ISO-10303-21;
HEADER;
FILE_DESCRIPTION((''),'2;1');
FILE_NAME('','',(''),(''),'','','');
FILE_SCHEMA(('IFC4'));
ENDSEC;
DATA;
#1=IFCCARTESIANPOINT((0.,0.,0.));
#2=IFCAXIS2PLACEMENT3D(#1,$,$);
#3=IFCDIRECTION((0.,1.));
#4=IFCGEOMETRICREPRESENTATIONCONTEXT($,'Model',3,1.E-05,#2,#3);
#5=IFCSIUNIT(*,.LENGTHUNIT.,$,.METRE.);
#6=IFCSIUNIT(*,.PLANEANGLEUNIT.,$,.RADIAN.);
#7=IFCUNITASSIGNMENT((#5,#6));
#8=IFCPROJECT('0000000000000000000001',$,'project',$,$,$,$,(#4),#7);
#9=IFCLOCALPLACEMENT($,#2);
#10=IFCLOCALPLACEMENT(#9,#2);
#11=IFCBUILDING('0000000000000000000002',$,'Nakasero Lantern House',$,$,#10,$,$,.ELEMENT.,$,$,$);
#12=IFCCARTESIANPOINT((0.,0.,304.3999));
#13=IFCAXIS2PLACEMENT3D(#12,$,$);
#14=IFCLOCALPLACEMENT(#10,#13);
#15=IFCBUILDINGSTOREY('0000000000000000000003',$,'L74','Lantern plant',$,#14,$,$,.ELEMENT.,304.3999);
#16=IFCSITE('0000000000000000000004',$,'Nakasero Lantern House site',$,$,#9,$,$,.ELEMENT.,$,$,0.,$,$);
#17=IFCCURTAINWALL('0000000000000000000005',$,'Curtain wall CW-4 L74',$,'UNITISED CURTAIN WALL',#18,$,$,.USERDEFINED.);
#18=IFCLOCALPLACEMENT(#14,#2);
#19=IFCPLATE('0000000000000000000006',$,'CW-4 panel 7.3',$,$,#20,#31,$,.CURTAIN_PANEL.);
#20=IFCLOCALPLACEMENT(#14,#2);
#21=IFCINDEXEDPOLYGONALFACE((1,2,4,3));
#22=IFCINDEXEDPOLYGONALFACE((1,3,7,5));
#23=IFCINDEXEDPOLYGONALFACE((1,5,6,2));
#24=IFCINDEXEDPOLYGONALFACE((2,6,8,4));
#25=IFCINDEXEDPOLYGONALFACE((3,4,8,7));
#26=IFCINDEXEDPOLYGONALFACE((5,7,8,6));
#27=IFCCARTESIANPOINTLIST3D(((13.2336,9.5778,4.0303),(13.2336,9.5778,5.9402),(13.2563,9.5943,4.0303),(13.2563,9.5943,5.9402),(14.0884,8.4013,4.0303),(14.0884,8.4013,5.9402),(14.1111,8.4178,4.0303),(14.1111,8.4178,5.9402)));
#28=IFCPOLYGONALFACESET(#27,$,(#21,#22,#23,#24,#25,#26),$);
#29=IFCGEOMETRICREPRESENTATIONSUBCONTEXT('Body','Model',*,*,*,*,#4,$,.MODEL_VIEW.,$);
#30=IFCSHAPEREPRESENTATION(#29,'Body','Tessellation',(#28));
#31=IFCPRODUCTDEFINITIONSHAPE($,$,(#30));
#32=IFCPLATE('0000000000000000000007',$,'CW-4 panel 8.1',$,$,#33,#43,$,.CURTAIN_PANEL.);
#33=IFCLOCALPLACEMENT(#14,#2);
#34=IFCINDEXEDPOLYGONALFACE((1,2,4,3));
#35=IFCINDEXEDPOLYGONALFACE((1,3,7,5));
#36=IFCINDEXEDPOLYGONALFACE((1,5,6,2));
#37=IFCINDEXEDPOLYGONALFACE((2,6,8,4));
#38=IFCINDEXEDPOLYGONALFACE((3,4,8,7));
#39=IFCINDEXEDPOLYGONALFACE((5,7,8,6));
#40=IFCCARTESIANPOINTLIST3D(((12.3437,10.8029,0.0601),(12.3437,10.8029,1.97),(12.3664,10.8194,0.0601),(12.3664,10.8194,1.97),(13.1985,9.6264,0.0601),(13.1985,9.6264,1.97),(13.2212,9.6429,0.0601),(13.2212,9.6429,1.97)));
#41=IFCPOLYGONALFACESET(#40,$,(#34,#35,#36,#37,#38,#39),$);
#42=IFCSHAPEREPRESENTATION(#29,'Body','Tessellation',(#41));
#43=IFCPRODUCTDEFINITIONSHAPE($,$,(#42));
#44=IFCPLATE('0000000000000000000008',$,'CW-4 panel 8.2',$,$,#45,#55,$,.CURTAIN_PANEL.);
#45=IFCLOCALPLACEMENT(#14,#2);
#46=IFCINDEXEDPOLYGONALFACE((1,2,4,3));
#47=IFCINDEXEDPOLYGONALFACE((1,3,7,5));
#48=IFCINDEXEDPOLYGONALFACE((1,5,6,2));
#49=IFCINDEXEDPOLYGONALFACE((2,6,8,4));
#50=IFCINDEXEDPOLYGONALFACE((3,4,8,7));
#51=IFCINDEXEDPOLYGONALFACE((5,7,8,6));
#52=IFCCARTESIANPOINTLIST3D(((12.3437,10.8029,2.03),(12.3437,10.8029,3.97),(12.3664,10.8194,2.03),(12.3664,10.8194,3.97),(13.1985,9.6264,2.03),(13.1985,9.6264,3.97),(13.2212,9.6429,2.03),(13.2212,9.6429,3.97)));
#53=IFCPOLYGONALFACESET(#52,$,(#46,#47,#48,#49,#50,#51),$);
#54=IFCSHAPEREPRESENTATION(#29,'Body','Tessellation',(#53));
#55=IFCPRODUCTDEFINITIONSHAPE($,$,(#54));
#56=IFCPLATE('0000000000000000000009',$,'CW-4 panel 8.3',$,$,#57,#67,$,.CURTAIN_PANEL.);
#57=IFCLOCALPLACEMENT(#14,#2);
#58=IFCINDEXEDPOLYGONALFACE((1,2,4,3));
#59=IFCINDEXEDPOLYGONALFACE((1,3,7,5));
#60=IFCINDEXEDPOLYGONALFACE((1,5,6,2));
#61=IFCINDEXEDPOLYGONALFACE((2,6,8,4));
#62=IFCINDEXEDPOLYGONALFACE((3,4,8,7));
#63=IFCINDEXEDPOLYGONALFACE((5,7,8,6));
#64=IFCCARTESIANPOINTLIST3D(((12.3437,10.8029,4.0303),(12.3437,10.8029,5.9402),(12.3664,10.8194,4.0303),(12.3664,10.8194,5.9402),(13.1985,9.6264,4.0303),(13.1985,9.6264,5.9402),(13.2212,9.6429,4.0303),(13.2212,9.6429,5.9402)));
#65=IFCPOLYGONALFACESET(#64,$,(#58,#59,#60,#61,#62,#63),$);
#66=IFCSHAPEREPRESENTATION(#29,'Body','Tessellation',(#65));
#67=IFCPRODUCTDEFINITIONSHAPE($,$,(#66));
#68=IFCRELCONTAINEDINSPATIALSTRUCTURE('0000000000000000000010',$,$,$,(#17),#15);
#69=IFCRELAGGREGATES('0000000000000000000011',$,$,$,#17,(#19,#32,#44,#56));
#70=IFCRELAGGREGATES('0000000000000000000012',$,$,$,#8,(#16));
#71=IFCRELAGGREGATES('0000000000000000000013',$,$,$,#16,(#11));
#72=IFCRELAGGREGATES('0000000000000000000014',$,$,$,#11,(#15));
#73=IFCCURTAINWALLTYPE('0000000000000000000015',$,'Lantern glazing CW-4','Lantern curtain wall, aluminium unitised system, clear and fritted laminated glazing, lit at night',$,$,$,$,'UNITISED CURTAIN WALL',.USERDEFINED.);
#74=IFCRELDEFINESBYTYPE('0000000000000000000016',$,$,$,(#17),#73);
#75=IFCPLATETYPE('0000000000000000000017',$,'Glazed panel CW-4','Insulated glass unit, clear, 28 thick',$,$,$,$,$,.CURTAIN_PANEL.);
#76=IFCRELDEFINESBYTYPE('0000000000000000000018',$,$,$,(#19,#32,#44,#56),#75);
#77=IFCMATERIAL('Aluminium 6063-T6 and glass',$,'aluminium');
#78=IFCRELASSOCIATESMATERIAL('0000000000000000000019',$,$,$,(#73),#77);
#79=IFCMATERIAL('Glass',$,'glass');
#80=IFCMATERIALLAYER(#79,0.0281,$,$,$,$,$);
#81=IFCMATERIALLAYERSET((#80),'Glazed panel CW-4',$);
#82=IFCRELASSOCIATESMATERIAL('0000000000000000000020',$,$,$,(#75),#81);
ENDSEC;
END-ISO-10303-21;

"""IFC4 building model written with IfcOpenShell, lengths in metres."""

from ifc_helpers import new_model, si_unit, direction, frame, origin, origin_2d, place, context, subcontext, project, spatial, rectangle, extrude, material, layer, layer_set, type_object, element, aggregate, save


model = new_model("IFC4")

# Units and contexts
model_context = context("Model", 3, precision=1e-05, world=origin(), true_north=direction((0.0, 1.0)))
body_context = subcontext(model_context, "Body", "Model", "MODEL_VIEW")
ifc_project = project(units=[si_unit("LENGTHUNIT", "METRE"), si_unit("PLANEANGLEUNIT", "RADIAN")], contexts=[model_context])

# Site, building, storey
site_placement = place(None, origin())
site = spatial("IfcSite", under=ifc_project, at=site_placement, Name="Nakasero Lantern House site", CompositionType="ELEMENT", RefElevation=0.0)
building_placement = place(site_placement, origin())
building = spatial("IfcBuilding", under=site, at=building_placement, Name="Nakasero Lantern House", CompositionType="ELEMENT")
storey_placement = place(building_placement, frame((0.0, 0.0, 304.3999)))
storey = spatial("IfcBuildingStorey", under=building, at=storey_placement, Name="L74", Description="Lantern plant", CompositionType="ELEMENT", Elevation=304.3999)

# Curtain wall
ifc_material_1 = material(Name="Aluminium 6063-T6 and glass", Category="aluminium")
curtain_wall_type = type_object("IfcCurtainWallType", Name="Lantern glazing CW-4", Description="Lantern curtain wall, aluminium unitised system, clear and fritted laminated glazing, lit at night", ElementType="UNITISED CURTAIN WALL", PredefinedType="USERDEFINED", material=ifc_material_1)
curtain_wall_placement = place(storey_placement, origin())
curtain_wall = element("IfcCurtainWall", 1, at=curtain_wall_placement, inside=storey, type_object=curtain_wall_type, Name="Curtain wall CW-4 L74", ObjectType="UNITISED CURTAIN WALL", PredefinedType="USERDEFINED")

# Plates
ifc_material_2 = material(Name="Glass", Category="glass")
ifc_layer = layer(ifc_material_2, 0.0281)
ifc_layer_set = layer_set([ifc_layer], Name="Glazed panel CW-4")
plate_type = type_object("IfcPlateType", Name="Glazed panel CW-4", Description="Insulated glass unit, clear, 28 thick", PredefinedType="CURTAIN_PANEL", material=ifc_layer_set)
plate_1_placement = place(storey_placement, frame((13.6724, 8.9978, 4.0303), z_axis=(0.0, 0.0, 1.0), x_axis=(-0.587785, 0.809017, 0.0)))
plate_1 = element("IfcPlate", 2, at=plate_1_placement, type_object=plate_type, Name="CW-4 panel 7.3", PredefinedType="CURTAIN_PANEL", context=body_context, shape_type="SweptSolid", body=[
    extrude(rectangle(XDim=1.4543, YDim=0.0281, at=origin_2d()), origin(), (0.0, 0.0, 1.0), 1.9099),
])
plate_2_placement = place(storey_placement, frame((12.7825, 10.2229, 0.0601), z_axis=(0.0, 0.0, 1.0), x_axis=(-0.587785, 0.809017, 0.0)))
plate_2 = element("IfcPlate", 3, at=plate_2_placement, type_object=plate_type, Name="CW-4 panel 8.1", PredefinedType="CURTAIN_PANEL", context=body_context, shape_type="SweptSolid", body=[
    extrude(rectangle(XDim=1.4543, YDim=0.0281, at=origin_2d()), origin(), (0.0, 0.0, 1.0), 1.9099),
])
plate_3_placement = place(storey_placement, frame((12.7825, 10.2229, 2.03), z_axis=(0.0, 0.0, 1.0), x_axis=(-0.587785, 0.809017, 0.0)))
plate_3 = element("IfcPlate", 4, at=plate_3_placement, type_object=plate_type, Name="CW-4 panel 8.2", PredefinedType="CURTAIN_PANEL", context=body_context, shape_type="SweptSolid", body=[
    extrude(rectangle(XDim=1.4543, YDim=0.0281, at=origin_2d()), origin(), (0.0, 0.0, 1.0), 1.9399),
])
plate_4_placement = place(storey_placement, frame((12.7825, 10.2229, 4.0303), z_axis=(0.0, 0.0, 1.0), x_axis=(-0.587785, 0.809017, 0.0)))
plate_4 = element("IfcPlate", 5, at=plate_4_placement, type_object=plate_type, Name="CW-4 panel 8.3", PredefinedType="CURTAIN_PANEL", context=body_context, shape_type="SweptSolid", body=[
    extrude(rectangle(XDim=1.4543, YDim=0.0281, at=origin_2d()), origin(), (0.0, 0.0, 1.0), 1.9099),
])
aggregate(curtain_wall, [plate_1, plate_2, plate_3, plate_4])

save(model, "model.ifc")
